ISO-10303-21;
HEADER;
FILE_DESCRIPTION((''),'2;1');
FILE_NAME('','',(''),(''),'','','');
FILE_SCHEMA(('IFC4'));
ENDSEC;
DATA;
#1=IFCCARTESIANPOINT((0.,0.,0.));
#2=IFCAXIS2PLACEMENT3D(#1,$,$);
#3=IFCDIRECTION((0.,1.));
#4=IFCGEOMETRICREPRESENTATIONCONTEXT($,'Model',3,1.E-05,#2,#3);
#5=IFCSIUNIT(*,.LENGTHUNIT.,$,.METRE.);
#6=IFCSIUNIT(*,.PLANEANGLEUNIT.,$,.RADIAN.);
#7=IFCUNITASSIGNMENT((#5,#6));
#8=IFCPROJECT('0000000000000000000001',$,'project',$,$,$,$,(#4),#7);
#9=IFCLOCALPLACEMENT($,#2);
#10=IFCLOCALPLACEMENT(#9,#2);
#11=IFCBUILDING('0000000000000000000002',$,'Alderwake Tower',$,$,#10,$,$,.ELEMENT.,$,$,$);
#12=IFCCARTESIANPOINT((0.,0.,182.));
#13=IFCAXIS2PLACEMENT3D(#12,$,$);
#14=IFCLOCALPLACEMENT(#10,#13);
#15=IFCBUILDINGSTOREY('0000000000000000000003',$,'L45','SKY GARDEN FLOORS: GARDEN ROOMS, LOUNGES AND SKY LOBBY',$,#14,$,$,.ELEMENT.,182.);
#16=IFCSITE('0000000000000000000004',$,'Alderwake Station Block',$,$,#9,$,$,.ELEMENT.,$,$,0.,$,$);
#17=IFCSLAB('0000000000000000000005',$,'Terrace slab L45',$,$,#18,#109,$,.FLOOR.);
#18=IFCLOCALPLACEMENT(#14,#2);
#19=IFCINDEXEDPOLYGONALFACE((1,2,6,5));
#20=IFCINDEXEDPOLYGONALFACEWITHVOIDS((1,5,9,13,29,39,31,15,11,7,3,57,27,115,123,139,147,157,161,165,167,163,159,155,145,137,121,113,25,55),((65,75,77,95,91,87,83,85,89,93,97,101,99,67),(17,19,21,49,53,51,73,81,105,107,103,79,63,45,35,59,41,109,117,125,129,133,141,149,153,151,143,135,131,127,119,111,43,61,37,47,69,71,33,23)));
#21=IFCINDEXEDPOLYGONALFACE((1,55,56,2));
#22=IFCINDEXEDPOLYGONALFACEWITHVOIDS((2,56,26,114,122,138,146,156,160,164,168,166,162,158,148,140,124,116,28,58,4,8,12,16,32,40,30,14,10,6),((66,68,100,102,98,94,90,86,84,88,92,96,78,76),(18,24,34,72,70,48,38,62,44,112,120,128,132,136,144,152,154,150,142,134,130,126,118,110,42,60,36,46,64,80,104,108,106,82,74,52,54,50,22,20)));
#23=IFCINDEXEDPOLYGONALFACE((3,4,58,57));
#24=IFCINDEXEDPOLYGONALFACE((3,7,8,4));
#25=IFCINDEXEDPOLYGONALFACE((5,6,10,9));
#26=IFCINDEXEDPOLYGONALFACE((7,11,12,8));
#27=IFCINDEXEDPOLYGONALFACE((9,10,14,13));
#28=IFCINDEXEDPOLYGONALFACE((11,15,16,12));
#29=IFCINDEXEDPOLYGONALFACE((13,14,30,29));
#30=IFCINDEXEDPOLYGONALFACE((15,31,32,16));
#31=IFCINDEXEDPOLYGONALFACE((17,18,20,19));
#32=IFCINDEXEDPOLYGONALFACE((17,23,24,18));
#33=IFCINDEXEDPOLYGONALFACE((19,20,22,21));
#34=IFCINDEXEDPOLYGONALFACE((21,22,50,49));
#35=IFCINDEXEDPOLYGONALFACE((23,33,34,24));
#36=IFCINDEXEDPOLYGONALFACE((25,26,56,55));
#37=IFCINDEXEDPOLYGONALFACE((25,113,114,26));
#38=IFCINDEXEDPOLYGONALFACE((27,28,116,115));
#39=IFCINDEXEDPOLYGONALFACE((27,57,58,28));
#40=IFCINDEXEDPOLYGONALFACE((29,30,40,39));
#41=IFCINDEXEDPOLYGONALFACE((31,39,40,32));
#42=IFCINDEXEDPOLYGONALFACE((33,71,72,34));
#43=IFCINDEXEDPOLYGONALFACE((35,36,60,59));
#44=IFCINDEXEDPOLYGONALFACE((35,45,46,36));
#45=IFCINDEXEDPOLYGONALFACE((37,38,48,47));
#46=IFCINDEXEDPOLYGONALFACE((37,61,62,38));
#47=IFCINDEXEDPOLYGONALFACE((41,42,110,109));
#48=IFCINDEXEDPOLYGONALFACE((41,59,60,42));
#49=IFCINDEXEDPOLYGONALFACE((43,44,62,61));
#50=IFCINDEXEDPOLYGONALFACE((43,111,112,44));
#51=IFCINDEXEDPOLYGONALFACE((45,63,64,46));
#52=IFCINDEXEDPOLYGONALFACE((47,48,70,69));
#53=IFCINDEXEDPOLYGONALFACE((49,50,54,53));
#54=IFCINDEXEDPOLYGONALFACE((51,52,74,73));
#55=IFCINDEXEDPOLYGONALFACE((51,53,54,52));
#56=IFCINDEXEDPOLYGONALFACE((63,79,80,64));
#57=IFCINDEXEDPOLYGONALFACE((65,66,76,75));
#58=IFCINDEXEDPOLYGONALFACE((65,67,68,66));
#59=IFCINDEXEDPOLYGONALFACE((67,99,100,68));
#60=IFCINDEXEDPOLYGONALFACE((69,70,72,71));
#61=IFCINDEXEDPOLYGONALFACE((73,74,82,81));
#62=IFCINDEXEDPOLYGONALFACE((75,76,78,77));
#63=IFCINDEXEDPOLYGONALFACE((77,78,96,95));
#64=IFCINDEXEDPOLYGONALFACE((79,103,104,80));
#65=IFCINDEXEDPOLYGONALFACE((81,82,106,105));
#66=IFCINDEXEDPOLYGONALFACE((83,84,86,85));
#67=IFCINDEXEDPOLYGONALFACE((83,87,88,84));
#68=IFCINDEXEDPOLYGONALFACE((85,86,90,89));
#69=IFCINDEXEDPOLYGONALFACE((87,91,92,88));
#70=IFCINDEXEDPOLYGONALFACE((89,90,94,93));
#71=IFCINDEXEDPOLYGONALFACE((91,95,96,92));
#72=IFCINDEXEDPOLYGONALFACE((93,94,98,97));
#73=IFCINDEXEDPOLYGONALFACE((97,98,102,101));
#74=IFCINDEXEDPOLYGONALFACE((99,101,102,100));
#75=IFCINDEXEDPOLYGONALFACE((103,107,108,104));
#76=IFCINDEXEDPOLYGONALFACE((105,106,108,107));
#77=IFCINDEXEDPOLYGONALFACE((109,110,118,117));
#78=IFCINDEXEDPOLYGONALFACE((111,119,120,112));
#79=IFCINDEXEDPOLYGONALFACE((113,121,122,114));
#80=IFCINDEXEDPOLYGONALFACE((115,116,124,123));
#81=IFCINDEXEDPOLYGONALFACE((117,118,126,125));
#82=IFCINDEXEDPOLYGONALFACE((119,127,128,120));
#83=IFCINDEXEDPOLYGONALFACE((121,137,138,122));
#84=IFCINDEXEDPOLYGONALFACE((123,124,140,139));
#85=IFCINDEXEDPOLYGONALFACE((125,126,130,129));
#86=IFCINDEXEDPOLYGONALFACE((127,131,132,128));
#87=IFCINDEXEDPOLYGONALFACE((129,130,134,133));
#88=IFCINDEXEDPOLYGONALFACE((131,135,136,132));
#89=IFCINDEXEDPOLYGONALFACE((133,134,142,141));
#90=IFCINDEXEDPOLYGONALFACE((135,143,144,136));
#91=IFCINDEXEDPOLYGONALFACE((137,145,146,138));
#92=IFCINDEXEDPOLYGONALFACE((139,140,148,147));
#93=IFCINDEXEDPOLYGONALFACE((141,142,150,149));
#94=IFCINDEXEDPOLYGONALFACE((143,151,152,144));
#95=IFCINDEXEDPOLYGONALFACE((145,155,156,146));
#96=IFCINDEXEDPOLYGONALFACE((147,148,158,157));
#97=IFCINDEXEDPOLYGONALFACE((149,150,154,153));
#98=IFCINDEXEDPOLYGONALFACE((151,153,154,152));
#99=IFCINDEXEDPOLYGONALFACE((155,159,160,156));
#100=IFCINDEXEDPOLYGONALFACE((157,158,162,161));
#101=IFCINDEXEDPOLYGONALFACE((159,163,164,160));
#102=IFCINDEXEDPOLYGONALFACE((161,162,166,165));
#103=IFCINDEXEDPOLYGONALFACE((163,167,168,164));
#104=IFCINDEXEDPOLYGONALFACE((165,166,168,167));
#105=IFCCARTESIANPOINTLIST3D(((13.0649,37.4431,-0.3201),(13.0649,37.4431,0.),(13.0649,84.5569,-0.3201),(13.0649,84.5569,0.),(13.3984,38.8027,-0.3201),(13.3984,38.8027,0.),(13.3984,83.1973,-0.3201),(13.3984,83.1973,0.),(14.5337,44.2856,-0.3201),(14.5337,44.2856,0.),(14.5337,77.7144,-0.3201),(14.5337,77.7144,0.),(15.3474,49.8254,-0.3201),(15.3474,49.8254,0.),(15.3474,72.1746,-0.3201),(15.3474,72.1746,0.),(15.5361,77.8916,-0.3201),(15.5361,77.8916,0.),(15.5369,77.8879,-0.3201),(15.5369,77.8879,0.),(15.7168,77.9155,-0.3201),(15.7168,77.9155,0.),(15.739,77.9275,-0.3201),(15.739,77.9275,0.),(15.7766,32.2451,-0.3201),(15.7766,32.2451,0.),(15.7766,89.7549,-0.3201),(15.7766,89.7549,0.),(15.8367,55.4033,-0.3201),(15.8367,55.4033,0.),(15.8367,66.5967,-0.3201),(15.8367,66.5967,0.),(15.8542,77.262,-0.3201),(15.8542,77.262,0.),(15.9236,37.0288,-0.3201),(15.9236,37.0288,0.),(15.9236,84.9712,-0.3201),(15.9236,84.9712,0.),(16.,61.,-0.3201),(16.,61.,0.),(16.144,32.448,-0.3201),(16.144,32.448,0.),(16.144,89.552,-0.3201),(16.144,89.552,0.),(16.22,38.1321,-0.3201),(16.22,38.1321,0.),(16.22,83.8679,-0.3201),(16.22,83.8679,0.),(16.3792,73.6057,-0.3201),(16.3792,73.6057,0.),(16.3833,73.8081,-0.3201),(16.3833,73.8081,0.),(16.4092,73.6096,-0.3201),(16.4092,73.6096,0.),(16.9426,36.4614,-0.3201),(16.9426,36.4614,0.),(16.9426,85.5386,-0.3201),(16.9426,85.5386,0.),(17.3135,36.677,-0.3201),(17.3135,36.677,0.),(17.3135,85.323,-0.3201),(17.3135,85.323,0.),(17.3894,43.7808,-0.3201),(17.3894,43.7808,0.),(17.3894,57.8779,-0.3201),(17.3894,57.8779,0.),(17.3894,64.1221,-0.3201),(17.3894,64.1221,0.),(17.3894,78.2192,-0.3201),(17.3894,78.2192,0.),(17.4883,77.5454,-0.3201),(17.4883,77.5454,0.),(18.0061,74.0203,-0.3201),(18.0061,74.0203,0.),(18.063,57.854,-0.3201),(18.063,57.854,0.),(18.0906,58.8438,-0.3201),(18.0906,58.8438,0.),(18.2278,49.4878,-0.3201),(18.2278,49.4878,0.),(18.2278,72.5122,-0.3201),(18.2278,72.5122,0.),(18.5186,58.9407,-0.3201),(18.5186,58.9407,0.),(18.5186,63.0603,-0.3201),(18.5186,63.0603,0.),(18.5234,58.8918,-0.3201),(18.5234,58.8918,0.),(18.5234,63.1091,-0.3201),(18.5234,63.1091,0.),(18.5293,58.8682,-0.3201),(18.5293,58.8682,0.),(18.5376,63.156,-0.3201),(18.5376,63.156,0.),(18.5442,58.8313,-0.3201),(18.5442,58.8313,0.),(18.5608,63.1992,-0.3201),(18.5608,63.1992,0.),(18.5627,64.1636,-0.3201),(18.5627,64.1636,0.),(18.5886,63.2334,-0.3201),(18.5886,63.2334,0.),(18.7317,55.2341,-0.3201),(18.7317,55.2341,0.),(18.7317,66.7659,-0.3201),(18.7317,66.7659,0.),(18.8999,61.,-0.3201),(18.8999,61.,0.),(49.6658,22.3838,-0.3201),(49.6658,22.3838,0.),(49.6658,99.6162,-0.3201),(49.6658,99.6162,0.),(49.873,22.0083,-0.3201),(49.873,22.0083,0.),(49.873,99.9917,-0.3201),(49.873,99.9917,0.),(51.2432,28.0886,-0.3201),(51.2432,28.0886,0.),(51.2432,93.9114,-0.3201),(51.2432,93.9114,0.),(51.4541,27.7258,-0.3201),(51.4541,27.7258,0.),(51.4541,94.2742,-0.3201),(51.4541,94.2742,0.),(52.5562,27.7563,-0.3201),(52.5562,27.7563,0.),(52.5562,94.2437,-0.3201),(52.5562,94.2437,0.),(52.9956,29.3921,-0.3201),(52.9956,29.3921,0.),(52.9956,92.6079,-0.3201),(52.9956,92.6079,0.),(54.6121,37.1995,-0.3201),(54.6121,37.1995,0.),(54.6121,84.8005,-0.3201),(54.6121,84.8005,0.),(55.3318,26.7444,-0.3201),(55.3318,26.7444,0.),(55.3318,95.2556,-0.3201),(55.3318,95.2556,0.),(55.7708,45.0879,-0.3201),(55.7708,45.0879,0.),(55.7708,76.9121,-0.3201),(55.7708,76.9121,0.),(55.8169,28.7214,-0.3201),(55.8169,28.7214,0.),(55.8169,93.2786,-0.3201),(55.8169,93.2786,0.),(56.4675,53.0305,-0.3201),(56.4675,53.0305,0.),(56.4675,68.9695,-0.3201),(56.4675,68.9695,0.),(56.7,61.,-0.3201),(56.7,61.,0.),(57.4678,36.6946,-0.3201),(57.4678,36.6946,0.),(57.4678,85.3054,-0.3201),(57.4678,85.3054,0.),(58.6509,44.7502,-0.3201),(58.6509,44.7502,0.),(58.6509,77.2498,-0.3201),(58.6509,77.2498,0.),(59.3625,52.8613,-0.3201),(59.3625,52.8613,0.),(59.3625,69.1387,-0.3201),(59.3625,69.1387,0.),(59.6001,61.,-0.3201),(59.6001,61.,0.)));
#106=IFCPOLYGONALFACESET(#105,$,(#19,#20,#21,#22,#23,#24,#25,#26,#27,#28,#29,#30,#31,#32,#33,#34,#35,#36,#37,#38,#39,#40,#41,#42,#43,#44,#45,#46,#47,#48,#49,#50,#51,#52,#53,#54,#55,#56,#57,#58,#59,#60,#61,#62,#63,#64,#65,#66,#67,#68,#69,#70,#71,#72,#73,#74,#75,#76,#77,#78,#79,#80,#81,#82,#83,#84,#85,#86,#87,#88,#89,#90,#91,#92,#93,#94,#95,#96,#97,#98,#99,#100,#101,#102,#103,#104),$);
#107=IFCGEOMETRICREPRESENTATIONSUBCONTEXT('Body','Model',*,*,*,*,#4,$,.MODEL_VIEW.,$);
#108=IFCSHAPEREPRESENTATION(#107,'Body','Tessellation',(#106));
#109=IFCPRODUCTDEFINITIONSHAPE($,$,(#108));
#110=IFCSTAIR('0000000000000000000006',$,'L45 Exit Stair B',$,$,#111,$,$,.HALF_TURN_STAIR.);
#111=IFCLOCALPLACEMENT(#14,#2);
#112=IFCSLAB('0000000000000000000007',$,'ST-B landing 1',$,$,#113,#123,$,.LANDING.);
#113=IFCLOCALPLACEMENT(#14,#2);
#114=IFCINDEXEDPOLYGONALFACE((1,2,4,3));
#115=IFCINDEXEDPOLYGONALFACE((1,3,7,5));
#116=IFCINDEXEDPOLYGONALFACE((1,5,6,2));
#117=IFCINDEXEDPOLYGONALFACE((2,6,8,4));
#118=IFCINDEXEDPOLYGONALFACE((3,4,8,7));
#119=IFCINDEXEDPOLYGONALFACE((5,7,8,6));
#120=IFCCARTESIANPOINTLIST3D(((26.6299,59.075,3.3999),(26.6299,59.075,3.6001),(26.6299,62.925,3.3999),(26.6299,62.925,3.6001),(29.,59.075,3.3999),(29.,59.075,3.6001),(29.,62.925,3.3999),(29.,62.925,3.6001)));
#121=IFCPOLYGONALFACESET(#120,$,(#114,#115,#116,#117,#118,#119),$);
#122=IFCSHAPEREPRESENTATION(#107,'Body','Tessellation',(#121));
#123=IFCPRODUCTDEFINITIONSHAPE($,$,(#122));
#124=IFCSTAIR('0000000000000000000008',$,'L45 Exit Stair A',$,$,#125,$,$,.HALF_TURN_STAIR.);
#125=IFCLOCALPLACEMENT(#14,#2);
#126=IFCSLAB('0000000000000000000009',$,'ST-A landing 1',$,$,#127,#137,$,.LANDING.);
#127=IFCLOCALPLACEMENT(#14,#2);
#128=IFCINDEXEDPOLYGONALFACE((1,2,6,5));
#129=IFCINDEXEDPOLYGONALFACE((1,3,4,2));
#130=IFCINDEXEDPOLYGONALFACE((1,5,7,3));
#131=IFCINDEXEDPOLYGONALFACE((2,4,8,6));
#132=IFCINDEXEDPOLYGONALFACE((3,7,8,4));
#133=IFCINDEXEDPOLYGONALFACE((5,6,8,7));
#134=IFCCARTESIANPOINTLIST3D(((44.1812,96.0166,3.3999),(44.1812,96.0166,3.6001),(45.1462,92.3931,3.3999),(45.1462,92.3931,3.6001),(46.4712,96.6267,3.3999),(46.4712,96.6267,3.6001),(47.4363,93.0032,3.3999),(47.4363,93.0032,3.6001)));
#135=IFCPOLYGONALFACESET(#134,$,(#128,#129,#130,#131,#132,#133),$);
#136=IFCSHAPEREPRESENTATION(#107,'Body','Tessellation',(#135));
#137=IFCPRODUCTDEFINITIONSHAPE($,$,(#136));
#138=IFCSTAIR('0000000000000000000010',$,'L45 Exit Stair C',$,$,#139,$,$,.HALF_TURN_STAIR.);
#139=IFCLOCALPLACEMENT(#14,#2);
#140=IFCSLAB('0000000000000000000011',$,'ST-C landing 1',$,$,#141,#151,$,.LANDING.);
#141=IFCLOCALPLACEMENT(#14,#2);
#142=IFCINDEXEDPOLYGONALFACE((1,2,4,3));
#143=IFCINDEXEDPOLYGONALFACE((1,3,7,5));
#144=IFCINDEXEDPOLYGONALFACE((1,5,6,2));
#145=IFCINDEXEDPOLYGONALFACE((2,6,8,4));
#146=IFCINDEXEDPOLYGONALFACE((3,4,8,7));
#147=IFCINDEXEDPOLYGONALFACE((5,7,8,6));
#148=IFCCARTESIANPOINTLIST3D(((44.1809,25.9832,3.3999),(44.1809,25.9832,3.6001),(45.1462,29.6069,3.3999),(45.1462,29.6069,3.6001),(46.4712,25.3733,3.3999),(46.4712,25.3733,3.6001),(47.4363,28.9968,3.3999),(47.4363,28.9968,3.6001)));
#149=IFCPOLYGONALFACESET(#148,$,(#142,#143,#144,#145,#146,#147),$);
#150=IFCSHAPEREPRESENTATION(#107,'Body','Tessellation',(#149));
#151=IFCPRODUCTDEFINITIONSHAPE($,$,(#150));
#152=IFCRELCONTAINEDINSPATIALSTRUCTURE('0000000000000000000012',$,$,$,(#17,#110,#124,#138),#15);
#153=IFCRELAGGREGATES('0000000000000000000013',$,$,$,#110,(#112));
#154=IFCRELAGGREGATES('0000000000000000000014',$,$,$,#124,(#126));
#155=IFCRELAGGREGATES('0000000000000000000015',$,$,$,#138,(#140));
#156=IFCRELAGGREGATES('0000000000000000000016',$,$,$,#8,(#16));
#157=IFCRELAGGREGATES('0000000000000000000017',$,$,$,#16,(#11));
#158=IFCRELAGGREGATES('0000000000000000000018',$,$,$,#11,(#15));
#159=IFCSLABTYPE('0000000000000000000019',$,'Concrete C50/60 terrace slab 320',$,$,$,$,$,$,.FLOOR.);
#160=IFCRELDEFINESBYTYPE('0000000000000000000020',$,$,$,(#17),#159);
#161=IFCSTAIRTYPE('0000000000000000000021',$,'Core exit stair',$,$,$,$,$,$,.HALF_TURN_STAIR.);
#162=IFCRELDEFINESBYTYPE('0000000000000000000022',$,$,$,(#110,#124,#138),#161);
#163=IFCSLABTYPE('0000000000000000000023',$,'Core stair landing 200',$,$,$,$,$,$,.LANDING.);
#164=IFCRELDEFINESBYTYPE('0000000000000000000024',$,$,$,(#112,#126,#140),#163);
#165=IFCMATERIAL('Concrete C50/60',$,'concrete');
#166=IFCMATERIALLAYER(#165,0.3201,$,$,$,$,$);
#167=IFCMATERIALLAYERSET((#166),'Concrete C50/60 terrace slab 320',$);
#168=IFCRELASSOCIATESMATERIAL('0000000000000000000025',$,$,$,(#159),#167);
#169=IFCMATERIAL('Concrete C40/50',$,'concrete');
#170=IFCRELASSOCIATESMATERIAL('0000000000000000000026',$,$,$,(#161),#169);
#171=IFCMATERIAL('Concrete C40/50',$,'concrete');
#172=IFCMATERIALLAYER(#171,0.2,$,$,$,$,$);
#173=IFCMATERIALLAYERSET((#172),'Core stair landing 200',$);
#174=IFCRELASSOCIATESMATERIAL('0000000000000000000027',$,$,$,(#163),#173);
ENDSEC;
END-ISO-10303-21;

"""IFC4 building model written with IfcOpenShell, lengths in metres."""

from ifc_helpers import new_model, si_unit, direction, frame, origin, place, context, subcontext, project, spatial, polyline, outline, extrude, material, layer, layer_set, type_object, element, aggregate, save


model = new_model("IFC4")

# Units and contexts
model_context = context("Model", 3, precision=1e-05, world=origin(), true_north=direction((0.0, 1.0)))
body_context = subcontext(model_context, "Body", "Model", "MODEL_VIEW")
ifc_project = project(units=[si_unit("LENGTHUNIT", "METRE"), si_unit("PLANEANGLEUNIT", "RADIAN")], contexts=[model_context])

# Site, building, storey
site_placement = place(None, origin())
site = spatial("IfcSite", under=ifc_project, at=site_placement, Name="Alderwake Station Block", CompositionType="ELEMENT", RefElevation=0.0)
building_placement = place(site_placement, origin())
building = spatial("IfcBuilding", under=site, at=building_placement, Name="Alderwake Tower", CompositionType="ELEMENT")
storey_placement = place(building_placement, frame((0.0, 0.0, 182.0)))
storey = spatial("IfcBuildingStorey", under=building, at=storey_placement, Name="L45", Description="SKY GARDEN FLOORS: GARDEN ROOMS, LOUNGES AND SKY LOBBY", CompositionType="ELEMENT", Elevation=182.0)

# Slab
ifc_material_1 = material(Name="Concrete C50/60", Category="concrete")
ifc_layer_1 = layer(ifc_material_1, 0.3201)
ifc_layer_set_1 = layer_set([ifc_layer_1], Name="Concrete C50/60 terrace slab 320")
slab_type_1 = type_object("IfcSlabType", Name="Concrete C50/60 terrace slab 320", PredefinedType="FLOOR", material=ifc_layer_set_1)
slab_1_placement = place(storey_placement, frame((0.0, 0.0, -0.3201)))
element("IfcSlab", 1, at=slab_1_placement, inside=storey, type_object=slab_type_1, Name="Terrace slab L45", PredefinedType="FLOOR", context=body_context, shape_type="SweptSolid", body=[
    extrude(outline(polyline([(13.3984, 38.8027), (14.5337, 44.2856), (15.3474, 49.8254), (15.8367, 55.4033), (16.0, 61.0), (15.8367, 66.5967), (15.3474, 72.1746), (14.5337, 77.7144), (13.3984, 83.1973), (13.0649, 84.5569), (16.9426, 85.5386), (15.7766, 89.7549), (49.873, 99.9917), (51.4541, 94.2742), (55.3318, 95.2556), (55.8169, 93.2786), (57.4678, 85.3054), (58.6509, 77.2498), (59.3625, 69.1387), (59.6001, 61.0), (59.3625, 52.8613), (58.6509, 44.7502), (57.4678, 36.6946), (55.8169, 28.7214), (55.3318, 26.7444), (51.4541, 27.7258), (49.873, 22.0083), (15.7766, 32.2451), (16.9426, 36.4614), (13.0649, 37.4431), (13.3984, 38.8027)]), holes=[polyline([(51.2432, 28.0886), (52.5562, 27.7563), (52.9956, 29.3921), (54.6121, 37.1995), (55.7708, 45.0879), (56.4675, 53.0305), (56.7, 61.0), (56.4675, 68.9695), (55.7708, 76.9121), (54.6121, 84.8005), (52.9956, 92.6079), (52.5562, 94.2437), (51.2432, 93.9114), (49.6658, 99.6162), (16.144, 89.552), (17.3135, 85.323), (15.9236, 84.9712), (16.22, 83.8679), (17.3894, 78.2192), (17.4883, 77.5454), (15.8542, 77.262), (15.739, 77.9275), (15.5361, 77.8916), (15.5369, 77.8879), (15.7168, 77.9155), (16.3792, 73.6057), (16.4092, 73.6096), (16.3833, 73.8081), (18.0061, 74.0203), (18.2278, 72.5122), (18.7317, 66.7659), (18.8999, 61.0), (18.7317, 55.2341), (18.2278, 49.4878), (17.3894, 43.7808), (16.22, 38.1321), (15.9236, 37.0288), (17.3135, 36.677), (16.144, 32.448), (49.6658, 22.3838), (51.2432, 28.0886)]), polyline([(17.3894, 64.1221), (17.3894, 57.8779), (18.063, 57.854), (18.0906, 58.8438), (18.5442, 58.8313), (18.5293, 58.8682), (18.5234, 58.8918), (18.5186, 58.9407), (18.5186, 63.0603), (18.5234, 63.1091), (18.5376, 63.156), (18.5608, 63.1992), (18.5886, 63.2334), (18.5627, 64.1636), (17.3894, 64.1221)])]), origin(), (0.0, 0.0, 1.0), 0.3201),
])

# Stairs, slabs
ifc_material_2 = material(Name="Concrete C40/50", Category="concrete")
stair_type = type_object("IfcStairType", Name="Core exit stair", PredefinedType="HALF_TURN_STAIR", material=ifc_material_2)
stair_1_placement = place(storey_placement, origin())
stair_1 = element("IfcStair", 2, at=stair_1_placement, inside=storey, type_object=stair_type, Name="L45 Exit Stair B", PredefinedType="HALF_TURN_STAIR")
ifc_material_3 = material(Name="Concrete C40/50", Category="concrete")
ifc_layer_2 = layer(ifc_material_3, 0.2)
ifc_layer_set_2 = layer_set([ifc_layer_2], Name="Core stair landing 200")
slab_type_2 = type_object("IfcSlabType", Name="Core stair landing 200", PredefinedType="LANDING", material=ifc_layer_set_2)
slab_2_placement = place(storey_placement, frame((0.0, 0.0, 3.3999)))
slab_2 = element("IfcSlab", 3, at=slab_2_placement, type_object=slab_type_2, Name="ST-B landing 1", PredefinedType="LANDING", context=body_context, shape_type="SweptSolid", body=[
    extrude(outline(polyline([(26.6299, 59.075), (29.0, 59.075), (29.0, 62.925), (26.6299, 62.925), (26.6299, 59.075)])), origin(), (0.0, 0.0, 1.0), 0.2002),
])
aggregate(stair_1, [slab_2])
stair_2_placement = place(storey_placement, origin())
stair_2 = element("IfcStair", 4, at=stair_2_placement, inside=storey, type_object=stair_type, Name="L45 Exit Stair A", PredefinedType="HALF_TURN_STAIR")
slab_3_placement = place(storey_placement, frame((0.0, 0.0, 3.3999)))
slab_3 = element("IfcSlab", 5, at=slab_3_placement, type_object=slab_type_2, Name="ST-A landing 1", PredefinedType="LANDING", context=body_context, shape_type="SweptSolid", body=[
    extrude(outline(polyline([(45.1462, 92.3931), (47.4363, 93.0032), (46.4712, 96.6267), (44.1812, 96.0166), (45.1462, 92.3931)])), origin(), (0.0, 0.0, 1.0), 0.2002),
])
aggregate(stair_2, [slab_3])
stair_3_placement = place(storey_placement, origin())
stair_3 = element("IfcStair", 6, at=stair_3_placement, inside=storey, type_object=stair_type, Name="L45 Exit Stair C", PredefinedType="HALF_TURN_STAIR")
slab_4_placement = place(storey_placement, frame((0.0, 0.0, 3.3999)))
slab_4 = element("IfcSlab", 7, at=slab_4_placement, type_object=slab_type_2, Name="ST-C landing 1", PredefinedType="LANDING", context=body_context, shape_type="SweptSolid", body=[
    extrude(outline(polyline([(44.1809, 25.9832), (46.4712, 25.3733), (47.4363, 28.9968), (45.1462, 29.6069), (44.1809, 25.9832)])), origin(), (0.0, 0.0, 1.0), 0.2002),
])
aggregate(stair_3, [slab_4])

save(model, "model.ifc")
